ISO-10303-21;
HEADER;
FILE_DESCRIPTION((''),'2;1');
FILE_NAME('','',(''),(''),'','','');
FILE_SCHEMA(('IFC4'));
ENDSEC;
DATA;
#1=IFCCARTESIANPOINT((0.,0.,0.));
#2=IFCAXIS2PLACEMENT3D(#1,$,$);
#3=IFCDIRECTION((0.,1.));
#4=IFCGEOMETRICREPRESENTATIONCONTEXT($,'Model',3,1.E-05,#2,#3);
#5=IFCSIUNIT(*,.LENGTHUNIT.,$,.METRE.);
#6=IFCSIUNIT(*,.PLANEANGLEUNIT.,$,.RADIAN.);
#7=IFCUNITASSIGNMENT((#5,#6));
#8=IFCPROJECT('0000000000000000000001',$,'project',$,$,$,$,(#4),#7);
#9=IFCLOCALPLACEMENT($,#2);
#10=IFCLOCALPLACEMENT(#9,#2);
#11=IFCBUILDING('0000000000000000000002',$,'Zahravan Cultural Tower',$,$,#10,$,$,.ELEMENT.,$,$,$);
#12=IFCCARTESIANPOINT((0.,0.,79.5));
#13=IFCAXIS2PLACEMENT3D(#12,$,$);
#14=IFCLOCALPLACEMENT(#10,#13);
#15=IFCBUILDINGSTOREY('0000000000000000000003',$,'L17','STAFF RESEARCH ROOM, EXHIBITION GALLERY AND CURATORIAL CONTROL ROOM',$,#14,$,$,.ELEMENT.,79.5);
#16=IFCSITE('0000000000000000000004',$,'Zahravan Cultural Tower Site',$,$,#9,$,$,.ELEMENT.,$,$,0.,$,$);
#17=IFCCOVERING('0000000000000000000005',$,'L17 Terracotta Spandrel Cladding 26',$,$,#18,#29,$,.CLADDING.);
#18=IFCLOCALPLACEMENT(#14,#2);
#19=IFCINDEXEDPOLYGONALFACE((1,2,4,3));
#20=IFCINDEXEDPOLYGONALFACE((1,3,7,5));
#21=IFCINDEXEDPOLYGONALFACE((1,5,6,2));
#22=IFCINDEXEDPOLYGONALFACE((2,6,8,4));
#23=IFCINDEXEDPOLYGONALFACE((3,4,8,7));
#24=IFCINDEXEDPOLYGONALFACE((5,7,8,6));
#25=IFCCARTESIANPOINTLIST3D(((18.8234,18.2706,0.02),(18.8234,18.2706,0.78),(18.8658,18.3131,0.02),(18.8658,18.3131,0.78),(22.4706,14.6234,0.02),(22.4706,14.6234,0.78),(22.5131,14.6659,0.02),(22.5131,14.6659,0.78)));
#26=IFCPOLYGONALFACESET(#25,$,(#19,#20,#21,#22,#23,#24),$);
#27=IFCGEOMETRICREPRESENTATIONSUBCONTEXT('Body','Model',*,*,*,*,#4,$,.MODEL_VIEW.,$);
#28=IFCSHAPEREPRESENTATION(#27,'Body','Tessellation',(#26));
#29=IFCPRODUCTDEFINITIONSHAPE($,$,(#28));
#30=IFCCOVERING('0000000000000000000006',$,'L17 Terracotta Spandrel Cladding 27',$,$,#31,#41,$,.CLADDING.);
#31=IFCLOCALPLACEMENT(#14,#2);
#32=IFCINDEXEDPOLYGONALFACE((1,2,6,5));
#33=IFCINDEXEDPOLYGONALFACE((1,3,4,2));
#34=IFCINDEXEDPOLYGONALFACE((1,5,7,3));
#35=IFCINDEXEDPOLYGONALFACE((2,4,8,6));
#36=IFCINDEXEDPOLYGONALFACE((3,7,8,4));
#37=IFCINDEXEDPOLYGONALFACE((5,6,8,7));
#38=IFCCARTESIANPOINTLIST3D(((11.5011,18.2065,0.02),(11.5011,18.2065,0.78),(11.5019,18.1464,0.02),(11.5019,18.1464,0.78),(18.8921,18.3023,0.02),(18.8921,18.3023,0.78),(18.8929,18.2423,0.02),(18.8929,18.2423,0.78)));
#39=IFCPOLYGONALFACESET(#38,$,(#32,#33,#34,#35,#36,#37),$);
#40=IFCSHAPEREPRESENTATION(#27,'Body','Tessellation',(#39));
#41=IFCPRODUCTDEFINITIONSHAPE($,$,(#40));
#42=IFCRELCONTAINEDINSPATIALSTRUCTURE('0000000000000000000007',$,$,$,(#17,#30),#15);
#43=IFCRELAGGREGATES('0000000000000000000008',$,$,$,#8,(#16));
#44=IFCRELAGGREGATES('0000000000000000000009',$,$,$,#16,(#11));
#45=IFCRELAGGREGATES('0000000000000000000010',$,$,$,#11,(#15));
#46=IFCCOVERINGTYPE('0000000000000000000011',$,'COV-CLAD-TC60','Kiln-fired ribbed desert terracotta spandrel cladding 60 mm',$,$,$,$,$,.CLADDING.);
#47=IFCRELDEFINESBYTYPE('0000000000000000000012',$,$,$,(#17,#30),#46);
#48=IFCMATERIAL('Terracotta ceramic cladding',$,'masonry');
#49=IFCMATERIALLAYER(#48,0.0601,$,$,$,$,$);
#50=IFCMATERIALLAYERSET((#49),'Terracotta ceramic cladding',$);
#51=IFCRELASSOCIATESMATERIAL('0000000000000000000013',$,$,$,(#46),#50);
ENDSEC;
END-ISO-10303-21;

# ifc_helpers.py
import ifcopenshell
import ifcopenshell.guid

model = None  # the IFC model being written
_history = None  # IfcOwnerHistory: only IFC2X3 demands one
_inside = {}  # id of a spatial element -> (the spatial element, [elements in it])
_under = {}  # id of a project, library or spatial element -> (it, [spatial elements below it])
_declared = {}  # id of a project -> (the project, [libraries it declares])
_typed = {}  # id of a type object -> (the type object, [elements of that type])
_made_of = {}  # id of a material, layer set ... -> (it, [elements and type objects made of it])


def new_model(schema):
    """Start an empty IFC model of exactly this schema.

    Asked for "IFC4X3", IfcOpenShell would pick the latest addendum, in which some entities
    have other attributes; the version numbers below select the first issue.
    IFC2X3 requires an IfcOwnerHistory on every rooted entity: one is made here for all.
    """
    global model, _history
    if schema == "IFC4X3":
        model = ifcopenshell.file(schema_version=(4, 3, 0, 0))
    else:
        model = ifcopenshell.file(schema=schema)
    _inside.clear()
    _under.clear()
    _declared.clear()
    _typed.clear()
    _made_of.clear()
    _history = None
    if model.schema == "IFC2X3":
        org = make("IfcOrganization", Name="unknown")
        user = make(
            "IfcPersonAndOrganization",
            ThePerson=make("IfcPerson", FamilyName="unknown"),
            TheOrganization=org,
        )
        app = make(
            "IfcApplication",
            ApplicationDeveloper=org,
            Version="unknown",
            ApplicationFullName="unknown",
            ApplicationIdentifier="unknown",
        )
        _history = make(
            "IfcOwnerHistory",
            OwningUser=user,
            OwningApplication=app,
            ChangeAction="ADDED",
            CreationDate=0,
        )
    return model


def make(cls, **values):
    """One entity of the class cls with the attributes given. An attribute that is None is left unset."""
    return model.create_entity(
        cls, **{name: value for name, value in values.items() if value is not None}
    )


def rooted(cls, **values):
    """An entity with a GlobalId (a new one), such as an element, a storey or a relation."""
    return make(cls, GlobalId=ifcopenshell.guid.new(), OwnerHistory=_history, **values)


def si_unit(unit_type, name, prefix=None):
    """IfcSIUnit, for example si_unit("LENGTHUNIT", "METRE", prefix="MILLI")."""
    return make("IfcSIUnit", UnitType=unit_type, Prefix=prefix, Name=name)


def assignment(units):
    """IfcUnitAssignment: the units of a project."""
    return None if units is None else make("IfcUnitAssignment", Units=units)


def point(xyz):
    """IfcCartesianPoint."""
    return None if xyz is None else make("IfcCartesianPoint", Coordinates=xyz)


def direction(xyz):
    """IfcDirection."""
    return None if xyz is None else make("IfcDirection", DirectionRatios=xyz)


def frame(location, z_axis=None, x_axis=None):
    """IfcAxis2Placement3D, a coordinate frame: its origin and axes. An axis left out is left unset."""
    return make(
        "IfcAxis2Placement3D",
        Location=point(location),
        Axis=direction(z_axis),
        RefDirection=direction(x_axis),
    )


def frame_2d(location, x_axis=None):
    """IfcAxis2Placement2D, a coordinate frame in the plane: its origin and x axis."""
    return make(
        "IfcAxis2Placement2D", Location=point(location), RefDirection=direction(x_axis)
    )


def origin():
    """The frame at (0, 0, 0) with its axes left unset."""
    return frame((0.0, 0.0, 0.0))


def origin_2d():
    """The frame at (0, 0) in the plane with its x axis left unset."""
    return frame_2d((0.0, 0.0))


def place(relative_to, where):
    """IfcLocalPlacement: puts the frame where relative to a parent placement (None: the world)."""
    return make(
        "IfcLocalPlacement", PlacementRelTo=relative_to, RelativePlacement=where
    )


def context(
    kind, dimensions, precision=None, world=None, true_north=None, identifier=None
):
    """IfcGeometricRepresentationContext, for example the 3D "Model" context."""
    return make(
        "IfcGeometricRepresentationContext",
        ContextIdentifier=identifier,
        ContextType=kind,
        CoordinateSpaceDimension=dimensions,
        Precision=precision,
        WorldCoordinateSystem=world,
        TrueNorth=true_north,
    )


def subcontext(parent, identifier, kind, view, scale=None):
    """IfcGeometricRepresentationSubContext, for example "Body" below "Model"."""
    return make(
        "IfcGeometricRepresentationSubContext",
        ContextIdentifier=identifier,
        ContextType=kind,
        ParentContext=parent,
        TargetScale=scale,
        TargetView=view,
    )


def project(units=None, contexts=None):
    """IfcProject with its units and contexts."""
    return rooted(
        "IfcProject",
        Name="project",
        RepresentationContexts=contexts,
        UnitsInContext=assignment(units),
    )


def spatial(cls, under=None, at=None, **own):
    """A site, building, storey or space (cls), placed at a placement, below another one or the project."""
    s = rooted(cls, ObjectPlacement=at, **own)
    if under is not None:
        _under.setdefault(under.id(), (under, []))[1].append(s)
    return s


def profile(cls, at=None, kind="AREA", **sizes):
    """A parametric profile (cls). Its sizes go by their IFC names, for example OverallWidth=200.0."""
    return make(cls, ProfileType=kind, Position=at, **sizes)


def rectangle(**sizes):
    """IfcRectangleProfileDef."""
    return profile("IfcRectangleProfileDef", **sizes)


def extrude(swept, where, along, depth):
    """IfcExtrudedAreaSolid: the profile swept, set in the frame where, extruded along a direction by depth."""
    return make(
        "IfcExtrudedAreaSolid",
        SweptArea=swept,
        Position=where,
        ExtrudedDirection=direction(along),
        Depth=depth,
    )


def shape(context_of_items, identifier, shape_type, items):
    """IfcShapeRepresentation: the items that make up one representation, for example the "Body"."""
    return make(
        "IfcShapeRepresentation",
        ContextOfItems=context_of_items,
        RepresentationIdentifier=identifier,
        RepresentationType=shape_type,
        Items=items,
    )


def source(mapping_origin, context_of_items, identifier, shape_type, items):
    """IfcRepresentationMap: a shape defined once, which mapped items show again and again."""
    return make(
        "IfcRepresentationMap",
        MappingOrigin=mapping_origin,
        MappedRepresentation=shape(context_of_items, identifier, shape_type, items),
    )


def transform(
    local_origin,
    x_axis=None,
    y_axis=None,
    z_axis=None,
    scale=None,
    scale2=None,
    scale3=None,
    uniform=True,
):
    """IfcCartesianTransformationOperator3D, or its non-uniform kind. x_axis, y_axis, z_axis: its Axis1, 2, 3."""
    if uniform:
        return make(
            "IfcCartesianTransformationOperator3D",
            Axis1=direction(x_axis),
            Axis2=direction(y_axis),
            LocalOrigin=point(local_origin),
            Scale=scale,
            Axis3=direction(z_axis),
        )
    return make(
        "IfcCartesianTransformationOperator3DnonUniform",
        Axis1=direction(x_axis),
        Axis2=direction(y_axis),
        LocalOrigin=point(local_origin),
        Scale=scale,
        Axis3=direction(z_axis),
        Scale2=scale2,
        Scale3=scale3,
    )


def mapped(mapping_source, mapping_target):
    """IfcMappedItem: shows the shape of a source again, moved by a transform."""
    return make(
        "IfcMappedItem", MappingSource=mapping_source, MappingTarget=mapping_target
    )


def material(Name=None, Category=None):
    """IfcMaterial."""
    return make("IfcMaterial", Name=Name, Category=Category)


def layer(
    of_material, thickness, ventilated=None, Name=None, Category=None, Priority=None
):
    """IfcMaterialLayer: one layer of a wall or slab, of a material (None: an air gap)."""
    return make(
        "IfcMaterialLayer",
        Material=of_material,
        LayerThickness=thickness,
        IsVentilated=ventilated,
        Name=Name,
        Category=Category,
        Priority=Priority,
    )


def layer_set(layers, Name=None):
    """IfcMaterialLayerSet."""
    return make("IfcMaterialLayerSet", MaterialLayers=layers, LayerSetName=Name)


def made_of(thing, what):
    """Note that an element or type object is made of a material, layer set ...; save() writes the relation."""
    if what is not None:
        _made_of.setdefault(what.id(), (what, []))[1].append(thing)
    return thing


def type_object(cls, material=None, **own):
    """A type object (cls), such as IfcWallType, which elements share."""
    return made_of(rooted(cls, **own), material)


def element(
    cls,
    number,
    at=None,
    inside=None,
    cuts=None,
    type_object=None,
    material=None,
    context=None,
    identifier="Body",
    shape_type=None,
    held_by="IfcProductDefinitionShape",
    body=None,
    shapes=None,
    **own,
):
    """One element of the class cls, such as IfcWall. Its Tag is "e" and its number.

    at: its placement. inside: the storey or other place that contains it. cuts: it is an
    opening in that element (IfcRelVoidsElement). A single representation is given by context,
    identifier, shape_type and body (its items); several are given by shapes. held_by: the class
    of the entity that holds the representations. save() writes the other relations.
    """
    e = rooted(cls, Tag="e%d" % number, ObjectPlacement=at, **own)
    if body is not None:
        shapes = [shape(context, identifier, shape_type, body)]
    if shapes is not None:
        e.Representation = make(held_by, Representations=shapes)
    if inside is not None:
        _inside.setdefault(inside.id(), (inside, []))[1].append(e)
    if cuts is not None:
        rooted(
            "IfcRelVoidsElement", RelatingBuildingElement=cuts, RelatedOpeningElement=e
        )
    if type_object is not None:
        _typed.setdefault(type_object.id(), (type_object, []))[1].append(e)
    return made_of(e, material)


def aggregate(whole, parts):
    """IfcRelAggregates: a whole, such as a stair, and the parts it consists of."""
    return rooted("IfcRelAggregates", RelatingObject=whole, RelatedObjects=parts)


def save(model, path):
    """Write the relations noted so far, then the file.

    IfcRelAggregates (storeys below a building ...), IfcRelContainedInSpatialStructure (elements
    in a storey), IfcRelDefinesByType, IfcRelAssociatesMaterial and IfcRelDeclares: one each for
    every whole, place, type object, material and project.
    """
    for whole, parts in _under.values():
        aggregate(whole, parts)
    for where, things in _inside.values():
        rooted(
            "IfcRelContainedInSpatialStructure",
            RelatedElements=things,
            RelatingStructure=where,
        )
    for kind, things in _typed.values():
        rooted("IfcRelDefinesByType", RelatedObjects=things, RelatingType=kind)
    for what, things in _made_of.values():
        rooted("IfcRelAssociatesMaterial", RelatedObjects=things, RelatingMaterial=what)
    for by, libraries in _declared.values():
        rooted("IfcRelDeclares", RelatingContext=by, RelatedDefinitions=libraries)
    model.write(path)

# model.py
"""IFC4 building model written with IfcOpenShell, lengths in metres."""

from ifc_helpers import new_model, si_unit, direction, frame, origin, origin_2d, place, context, subcontext, project, spatial, rectangle, extrude, source, transform, mapped, material, layer, layer_set, type_object, element, save


model = new_model("IFC4")

# Units and contexts
model_context = context("Model", 3, precision=1e-05, world=origin(), true_north=direction((0.0, 1.0)))
body_context = subcontext(model_context, "Body", "Model", "MODEL_VIEW")
ifc_project = project(units=[si_unit("LENGTHUNIT", "METRE"), si_unit("PLANEANGLEUNIT", "RADIAN")], contexts=[model_context])

# Site, building, storey
site_placement = place(None, origin())
site = spatial("IfcSite", under=ifc_project, at=site_placement, Name="Zahravan Cultural Tower Site", CompositionType="ELEMENT", RefElevation=0.0)
building_placement = place(site_placement, origin())
building = spatial("IfcBuilding", under=site, at=building_placement, Name="Zahravan Cultural Tower", CompositionType="ELEMENT")
storey_placement = place(building_placement, frame((0.0, 0.0, 79.5)))
storey = spatial("IfcBuildingStorey", under=building, at=storey_placement, Name="L17", Description="STAFF RESEARCH ROOM, EXHIBITION GALLERY AND CURATORIAL CONTROL ROOM", CompositionType="ELEMENT", Elevation=79.5)

# Coverings
ifc_material_1 = material(Name="Terracotta ceramic cladding", Category="masonry")
ifc_layer_1 = layer(ifc_material_1, 0.0601)
ifc_layer_set_1 = layer_set([ifc_layer_1], Name="Terracotta ceramic cladding")
covering_type_1 = type_object("IfcCoveringType", Name="COV-CLAD-TC60", Description="Kiln-fired ribbed desert terracotta spandrel cladding 60 mm", PredefinedType="CLADDING", material=ifc_layer_set_1)
shared_shape_1 = source(origin(), body_context, "Body", "SweptSolid", [
    extrude(rectangle(XDim=5.158, YDim=0.0601, at=origin_2d()), origin(), (0.0, 0.0, 1.0), 0.76),
])
covering_1_placement = place(storey_placement, frame((20.6682, 16.4683, 0.02), z_axis=(0.0, 0.0, 1.0), x_axis=(-0.707107, 0.707107, 0.0)))
element("IfcCovering", 1, at=covering_1_placement, inside=storey, type_object=covering_type_1, Name="L17 Terracotta Spandrel Cladding 26", PredefinedType="CLADDING", context=body_context, shape_type="MappedRepresentation", body=[
    mapped(shared_shape_1, transform((0.0, 0.0, 0.0), x_axis=(1.0, 0.0, 0.0), y_axis=(0.0, 1.0, 0.0), z_axis=(0.0, 0.0, 1.0), scale=1.0)),
])
shared_shape_2 = source(origin(), body_context, "Body", "SweptSolid", [
    extrude(rectangle(XDim=7.3916, YDim=0.0601, at=origin_2d()), origin(), (0.0, 0.0, 1.0), 0.76),
])
covering_2_placement = place(storey_placement, frame((15.197, 18.2244, 0.02), z_axis=(0.0, 0.0, 1.0), x_axis=(-0.999916, -0.012967, 0.0)))
element("IfcCovering", 2, at=covering_2_placement, inside=storey, type_object=covering_type_1, Name="L17 Terracotta Spandrel Cladding 27", PredefinedType="CLADDING", context=body_context, shape_type="MappedRepresentation", body=[
    mapped(shared_shape_2, transform((0.0, 0.0, 0.0), x_axis=(1.0, 0.0, 0.0), y_axis=(0.0, 1.0, 0.0), z_axis=(0.0, 0.0, 1.0), scale=1.0)),
])

save(model, "model.ifc")
